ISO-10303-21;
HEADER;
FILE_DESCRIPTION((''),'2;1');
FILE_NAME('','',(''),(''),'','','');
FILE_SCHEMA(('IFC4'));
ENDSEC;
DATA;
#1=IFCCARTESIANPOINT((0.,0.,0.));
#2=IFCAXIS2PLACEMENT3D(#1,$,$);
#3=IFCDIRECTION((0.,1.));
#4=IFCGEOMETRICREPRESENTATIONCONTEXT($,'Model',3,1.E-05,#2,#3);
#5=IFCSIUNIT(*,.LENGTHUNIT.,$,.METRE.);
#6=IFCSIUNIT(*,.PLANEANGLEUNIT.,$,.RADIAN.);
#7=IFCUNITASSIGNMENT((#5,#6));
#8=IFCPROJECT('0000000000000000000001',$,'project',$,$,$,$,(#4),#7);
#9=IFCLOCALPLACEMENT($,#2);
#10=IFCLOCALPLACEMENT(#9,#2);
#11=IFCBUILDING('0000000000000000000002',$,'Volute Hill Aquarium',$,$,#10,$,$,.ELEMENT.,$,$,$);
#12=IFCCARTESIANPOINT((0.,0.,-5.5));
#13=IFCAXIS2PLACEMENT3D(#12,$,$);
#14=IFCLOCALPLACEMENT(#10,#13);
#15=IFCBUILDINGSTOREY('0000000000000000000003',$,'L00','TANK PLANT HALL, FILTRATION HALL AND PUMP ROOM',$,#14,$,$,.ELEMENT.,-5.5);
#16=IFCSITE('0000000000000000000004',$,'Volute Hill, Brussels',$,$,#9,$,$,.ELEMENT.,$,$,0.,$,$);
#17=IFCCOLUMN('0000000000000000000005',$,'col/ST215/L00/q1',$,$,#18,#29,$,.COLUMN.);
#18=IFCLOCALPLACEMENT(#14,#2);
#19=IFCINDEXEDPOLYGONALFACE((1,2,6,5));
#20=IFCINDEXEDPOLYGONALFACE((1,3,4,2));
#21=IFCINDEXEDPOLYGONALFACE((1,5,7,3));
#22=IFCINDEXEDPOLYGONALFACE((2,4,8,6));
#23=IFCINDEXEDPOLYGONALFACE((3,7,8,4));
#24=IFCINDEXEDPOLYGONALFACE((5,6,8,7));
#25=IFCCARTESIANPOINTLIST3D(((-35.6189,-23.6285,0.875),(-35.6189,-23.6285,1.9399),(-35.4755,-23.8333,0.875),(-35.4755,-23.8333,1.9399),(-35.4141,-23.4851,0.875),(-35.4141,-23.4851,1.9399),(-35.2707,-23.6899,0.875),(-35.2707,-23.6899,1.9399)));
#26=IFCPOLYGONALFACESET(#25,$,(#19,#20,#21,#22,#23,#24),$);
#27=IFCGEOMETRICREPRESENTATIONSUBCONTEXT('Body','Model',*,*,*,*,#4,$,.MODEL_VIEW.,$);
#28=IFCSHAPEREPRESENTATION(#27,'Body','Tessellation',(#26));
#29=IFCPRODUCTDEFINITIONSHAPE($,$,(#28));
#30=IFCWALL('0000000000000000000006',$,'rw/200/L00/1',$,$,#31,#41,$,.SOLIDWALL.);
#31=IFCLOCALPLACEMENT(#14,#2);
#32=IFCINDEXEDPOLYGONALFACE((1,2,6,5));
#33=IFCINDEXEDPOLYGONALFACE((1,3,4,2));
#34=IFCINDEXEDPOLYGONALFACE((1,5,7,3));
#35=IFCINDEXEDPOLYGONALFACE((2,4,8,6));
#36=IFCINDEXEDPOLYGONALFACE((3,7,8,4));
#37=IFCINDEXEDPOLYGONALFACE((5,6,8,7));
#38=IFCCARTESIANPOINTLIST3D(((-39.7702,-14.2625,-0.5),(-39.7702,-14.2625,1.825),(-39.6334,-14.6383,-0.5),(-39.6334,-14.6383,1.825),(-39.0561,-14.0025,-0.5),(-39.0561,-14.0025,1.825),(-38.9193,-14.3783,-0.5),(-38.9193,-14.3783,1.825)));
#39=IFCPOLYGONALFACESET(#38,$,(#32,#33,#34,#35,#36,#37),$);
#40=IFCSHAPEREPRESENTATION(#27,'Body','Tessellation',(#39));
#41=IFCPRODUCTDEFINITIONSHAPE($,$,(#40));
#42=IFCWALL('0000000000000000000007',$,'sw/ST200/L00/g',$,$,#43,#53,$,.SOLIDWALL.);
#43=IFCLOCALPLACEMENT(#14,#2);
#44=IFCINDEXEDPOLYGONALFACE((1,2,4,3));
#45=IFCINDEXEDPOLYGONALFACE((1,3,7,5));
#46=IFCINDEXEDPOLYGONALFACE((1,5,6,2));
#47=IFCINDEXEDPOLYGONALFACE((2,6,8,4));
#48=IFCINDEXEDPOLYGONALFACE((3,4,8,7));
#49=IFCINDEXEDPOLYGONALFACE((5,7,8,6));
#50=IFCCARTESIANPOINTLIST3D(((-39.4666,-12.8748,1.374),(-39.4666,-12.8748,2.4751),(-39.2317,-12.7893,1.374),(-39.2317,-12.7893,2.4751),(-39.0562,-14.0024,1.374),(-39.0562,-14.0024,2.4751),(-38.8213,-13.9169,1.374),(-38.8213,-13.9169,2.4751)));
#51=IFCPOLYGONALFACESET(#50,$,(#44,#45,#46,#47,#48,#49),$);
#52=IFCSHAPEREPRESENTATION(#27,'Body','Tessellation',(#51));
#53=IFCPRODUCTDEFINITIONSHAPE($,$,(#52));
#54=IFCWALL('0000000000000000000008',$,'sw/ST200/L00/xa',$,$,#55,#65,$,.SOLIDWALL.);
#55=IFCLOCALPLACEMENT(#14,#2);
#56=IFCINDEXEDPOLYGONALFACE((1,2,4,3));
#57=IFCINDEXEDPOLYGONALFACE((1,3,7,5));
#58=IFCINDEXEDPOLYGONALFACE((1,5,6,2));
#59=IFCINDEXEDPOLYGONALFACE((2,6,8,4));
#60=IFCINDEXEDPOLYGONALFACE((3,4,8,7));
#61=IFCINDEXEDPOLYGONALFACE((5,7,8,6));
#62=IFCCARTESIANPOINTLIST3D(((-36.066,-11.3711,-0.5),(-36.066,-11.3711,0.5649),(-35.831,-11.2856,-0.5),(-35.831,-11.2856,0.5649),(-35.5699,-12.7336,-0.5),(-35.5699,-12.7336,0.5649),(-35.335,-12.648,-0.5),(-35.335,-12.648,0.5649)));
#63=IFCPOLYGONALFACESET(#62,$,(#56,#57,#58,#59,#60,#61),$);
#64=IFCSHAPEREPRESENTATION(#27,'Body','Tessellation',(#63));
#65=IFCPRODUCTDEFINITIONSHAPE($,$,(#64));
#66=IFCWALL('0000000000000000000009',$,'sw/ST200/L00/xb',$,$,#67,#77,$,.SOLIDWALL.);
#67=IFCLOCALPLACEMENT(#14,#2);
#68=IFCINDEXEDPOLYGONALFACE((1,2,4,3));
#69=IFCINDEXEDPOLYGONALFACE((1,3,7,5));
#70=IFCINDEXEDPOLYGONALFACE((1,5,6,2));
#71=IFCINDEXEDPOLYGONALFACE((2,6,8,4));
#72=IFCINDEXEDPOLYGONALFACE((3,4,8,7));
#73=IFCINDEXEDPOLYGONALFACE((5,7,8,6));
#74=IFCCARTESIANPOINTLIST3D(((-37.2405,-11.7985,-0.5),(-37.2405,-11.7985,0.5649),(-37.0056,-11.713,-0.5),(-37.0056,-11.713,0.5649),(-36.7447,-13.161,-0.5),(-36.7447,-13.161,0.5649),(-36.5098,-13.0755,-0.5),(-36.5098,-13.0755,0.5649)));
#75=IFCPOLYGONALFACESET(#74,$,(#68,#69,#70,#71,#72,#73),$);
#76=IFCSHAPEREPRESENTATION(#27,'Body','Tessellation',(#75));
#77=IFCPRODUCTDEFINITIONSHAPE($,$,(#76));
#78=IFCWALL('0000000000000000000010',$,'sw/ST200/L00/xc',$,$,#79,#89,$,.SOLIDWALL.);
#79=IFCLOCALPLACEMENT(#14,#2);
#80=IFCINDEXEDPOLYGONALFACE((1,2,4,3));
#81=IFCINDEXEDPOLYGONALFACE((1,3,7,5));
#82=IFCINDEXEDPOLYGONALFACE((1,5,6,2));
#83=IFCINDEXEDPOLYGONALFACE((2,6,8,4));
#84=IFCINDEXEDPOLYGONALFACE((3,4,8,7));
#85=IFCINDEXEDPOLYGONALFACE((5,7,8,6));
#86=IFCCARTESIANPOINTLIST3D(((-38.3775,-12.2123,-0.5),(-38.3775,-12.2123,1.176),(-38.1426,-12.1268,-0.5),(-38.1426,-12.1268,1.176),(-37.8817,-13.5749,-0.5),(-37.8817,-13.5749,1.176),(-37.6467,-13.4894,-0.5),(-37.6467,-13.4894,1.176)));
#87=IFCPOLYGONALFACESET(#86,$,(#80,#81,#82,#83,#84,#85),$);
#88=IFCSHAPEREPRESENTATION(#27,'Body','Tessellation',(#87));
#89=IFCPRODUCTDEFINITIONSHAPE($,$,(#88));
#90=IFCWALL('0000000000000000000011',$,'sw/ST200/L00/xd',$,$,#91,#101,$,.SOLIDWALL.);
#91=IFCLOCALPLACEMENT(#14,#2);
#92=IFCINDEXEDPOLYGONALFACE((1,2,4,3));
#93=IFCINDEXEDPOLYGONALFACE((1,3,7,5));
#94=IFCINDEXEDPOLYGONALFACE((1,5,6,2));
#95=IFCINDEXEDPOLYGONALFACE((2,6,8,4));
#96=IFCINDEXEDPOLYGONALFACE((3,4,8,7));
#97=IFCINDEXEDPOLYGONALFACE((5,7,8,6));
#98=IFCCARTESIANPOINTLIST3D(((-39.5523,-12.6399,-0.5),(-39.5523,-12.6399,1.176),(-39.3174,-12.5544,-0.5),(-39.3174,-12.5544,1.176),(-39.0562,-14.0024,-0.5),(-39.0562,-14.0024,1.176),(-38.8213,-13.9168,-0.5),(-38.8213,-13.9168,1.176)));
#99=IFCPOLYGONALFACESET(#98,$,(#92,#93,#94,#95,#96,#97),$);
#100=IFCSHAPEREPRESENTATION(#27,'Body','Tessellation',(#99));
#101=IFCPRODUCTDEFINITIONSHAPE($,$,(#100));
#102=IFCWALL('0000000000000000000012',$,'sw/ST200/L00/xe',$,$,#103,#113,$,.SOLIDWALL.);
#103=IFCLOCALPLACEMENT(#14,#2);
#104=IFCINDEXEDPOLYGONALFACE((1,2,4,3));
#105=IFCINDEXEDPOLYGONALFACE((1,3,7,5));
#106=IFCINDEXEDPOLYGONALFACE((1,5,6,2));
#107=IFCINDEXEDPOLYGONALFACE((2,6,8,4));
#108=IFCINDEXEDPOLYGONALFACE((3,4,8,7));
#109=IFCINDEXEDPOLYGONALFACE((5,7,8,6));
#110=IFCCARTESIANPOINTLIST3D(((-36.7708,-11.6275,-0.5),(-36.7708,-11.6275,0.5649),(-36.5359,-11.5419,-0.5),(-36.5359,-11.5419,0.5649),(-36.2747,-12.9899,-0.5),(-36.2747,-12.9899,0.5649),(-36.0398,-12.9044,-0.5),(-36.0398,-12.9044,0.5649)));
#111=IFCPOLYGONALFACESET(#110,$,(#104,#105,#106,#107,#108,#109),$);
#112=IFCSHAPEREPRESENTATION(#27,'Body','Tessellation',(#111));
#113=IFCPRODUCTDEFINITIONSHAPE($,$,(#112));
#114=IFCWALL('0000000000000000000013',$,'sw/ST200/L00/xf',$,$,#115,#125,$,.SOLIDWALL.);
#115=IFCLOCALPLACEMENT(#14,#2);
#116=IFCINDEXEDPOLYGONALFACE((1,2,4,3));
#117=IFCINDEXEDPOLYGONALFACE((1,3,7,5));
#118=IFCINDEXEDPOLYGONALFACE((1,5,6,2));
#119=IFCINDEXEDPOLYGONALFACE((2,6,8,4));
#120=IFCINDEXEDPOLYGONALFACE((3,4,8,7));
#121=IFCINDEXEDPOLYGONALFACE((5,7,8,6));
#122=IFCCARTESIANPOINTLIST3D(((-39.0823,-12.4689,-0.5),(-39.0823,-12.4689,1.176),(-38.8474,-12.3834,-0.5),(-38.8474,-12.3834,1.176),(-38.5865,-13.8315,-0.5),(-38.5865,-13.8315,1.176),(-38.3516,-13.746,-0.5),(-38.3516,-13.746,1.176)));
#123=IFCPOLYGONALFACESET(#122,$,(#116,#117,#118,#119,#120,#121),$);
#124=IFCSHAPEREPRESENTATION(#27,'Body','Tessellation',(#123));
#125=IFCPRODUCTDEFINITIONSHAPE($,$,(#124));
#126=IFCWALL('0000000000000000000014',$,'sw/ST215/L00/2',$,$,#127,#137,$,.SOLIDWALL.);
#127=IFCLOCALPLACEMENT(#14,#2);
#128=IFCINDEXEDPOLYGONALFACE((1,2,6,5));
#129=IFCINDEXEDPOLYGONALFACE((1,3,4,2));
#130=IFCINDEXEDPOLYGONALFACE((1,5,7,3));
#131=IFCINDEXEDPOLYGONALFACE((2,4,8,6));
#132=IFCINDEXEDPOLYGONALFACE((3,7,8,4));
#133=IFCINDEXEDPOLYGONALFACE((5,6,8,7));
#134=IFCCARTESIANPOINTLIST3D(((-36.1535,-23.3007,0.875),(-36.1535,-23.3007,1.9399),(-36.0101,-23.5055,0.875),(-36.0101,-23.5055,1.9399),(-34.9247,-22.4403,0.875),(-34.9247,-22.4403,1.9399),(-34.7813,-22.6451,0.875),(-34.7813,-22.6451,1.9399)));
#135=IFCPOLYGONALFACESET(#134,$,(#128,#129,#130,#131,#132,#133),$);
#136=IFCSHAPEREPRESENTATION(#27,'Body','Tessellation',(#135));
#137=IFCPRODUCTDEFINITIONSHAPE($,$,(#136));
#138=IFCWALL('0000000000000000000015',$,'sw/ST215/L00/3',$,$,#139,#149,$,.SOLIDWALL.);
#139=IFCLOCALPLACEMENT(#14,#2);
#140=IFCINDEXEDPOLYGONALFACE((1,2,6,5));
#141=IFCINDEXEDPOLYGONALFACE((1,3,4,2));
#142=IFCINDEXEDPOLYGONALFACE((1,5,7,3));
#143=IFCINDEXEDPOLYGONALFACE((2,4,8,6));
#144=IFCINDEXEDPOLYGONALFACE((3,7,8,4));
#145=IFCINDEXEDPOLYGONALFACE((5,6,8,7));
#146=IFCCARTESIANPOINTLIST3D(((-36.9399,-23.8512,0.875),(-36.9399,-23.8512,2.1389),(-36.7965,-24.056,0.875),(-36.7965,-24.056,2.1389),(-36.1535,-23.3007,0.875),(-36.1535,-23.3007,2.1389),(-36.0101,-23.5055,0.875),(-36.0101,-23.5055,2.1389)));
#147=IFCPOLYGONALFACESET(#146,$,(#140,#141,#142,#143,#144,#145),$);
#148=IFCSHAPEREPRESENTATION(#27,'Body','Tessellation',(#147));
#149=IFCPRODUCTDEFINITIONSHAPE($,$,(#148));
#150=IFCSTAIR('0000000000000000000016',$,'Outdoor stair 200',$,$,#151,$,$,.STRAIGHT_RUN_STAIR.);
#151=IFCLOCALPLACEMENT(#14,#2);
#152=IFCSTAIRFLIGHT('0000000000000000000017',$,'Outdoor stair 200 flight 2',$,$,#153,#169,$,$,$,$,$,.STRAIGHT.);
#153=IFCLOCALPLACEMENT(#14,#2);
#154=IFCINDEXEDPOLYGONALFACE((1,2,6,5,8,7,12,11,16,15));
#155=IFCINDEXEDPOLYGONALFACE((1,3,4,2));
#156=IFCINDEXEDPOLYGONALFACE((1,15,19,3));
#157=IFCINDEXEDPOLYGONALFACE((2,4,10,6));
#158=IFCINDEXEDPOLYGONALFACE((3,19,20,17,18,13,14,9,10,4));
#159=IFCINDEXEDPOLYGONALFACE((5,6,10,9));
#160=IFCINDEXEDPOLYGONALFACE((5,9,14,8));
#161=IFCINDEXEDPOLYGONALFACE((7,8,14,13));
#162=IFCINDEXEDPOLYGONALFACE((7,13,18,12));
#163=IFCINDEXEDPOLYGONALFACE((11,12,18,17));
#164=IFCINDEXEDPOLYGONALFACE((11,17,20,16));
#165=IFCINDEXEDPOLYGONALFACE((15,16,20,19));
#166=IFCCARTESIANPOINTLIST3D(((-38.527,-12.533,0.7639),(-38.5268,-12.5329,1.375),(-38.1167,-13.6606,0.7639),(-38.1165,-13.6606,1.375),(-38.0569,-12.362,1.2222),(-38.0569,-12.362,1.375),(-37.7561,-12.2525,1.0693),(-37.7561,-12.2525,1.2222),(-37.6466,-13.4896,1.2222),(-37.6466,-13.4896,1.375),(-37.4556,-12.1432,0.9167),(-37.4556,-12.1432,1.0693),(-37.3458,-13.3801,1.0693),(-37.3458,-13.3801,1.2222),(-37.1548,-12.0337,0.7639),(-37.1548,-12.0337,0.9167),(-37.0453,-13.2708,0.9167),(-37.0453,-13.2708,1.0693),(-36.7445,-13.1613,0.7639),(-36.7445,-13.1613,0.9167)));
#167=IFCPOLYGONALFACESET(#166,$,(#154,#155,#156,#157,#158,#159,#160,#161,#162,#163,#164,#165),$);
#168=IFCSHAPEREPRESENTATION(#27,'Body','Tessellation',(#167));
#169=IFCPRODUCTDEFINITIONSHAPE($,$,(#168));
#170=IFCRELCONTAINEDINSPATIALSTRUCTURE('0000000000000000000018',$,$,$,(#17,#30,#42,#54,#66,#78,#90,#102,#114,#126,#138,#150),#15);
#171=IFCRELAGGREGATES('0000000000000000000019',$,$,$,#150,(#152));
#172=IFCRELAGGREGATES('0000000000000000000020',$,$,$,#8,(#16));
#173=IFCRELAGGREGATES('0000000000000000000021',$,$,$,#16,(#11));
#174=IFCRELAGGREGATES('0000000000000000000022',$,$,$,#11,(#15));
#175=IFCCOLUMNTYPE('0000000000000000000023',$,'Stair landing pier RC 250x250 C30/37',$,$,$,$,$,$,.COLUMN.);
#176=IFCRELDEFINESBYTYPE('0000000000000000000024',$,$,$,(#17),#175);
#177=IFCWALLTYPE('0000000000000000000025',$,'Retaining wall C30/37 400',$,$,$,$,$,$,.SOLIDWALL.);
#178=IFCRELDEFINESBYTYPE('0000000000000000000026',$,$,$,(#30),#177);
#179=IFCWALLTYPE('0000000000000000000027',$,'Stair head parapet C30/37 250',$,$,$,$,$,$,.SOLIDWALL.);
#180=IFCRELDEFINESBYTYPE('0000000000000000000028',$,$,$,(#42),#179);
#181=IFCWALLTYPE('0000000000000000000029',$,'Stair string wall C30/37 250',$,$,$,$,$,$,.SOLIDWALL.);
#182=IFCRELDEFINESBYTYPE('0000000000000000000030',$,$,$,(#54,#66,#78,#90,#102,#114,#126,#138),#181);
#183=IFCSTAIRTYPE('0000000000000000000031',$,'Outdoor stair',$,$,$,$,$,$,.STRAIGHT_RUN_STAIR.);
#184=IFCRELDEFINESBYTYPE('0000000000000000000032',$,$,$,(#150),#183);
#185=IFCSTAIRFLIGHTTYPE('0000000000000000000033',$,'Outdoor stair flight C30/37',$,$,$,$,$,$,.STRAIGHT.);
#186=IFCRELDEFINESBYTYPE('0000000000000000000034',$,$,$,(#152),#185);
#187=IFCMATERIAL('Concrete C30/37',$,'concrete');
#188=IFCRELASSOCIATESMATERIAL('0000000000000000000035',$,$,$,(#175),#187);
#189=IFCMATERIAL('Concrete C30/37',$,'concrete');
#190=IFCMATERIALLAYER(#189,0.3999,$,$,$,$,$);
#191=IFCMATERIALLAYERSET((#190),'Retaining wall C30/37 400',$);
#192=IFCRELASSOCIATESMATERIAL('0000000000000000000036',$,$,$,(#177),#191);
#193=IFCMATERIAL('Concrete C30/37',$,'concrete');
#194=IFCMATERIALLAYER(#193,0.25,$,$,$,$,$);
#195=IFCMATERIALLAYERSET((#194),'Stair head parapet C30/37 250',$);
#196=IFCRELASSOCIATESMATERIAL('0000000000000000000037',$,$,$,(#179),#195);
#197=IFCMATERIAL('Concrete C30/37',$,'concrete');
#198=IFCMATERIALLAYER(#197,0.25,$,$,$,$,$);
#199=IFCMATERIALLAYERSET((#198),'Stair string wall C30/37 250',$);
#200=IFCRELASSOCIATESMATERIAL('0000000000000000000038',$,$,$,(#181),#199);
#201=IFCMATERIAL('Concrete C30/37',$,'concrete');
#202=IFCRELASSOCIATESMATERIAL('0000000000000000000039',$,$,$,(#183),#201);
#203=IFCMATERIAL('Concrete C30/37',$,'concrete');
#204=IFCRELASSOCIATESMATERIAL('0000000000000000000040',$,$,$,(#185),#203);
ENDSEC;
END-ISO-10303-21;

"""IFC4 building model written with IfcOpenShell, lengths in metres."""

from ifc_helpers import new_model, si_unit, direction, frame, frame_2d, origin, origin_2d, place, context, subcontext, project, spatial, polyline, rectangle, outline, extrude, material, layer, layer_set, material_profile, profile_set, type_object, element, aggregate, save


model = new_model("IFC4")

# Units and contexts
model_context = context("Model", 3, precision=1e-05, world=origin(), true_north=direction((0.0, 1.0)))
body_context = subcontext(model_context, "Body", "Model", "MODEL_VIEW")
ifc_project = project(units=[si_unit("LENGTHUNIT", "METRE"), si_unit("PLANEANGLEUNIT", "RADIAN")], contexts=[model_context])

# Site, building, storey
site_placement = place(None, origin())
site = spatial("IfcSite", under=ifc_project, at=site_placement, Name="Volute Hill, Brussels", CompositionType="ELEMENT", RefElevation=0.0)
building_placement = place(site_placement, origin())
building = spatial("IfcBuilding", under=site, at=building_placement, Name="Volute Hill Aquarium", CompositionType="ELEMENT")
storey_placement = place(building_placement, frame((0.0, 0.0, -5.5)))
storey = spatial("IfcBuildingStorey", under=building, at=storey_placement, Name="L00", Description="TANK PLANT HALL, FILTRATION HALL AND PUMP ROOM", CompositionType="ELEMENT", Elevation=-5.5)

# Column
ifc_material_1 = material(Name="Concrete C30/37", Category="concrete")
ifc_material_profile = material_profile(ifc_material_1, rectangle(XDim=0.25, YDim=0.25, at=origin_2d()), Name="RC pier 250x250")
ifc_profile_set = profile_set([ifc_material_profile], Name="Concrete C30/37")
column_type = type_object("IfcColumnType", Name="Stair landing pier RC 250x250 C30/37", PredefinedType="COLUMN", material=ifc_profile_set)
column_placement = place(storey_placement, frame((-35.4448, -23.6592, 0.875), z_axis=(0.0, 0.0, 1.0), x_axis=(-0.819152, -0.573576, 0.0)))
element("IfcColumn", 1, at=column_placement, inside=storey, type_object=column_type, Name="col/ST215/L00/q1", PredefinedType="COLUMN", context=body_context, shape_type="SweptSolid", body=[
    extrude(rectangle(XDim=0.25, YDim=0.25, at=origin_2d()), origin(), (0.0, 0.0, 1.0), 1.0649),
])

# Walls
ifc_material_2 = material(Name="Concrete C30/37", Category="concrete")
ifc_layer_1 = layer(ifc_material_2, 0.3999)
ifc_layer_set_1 = layer_set([ifc_layer_1], Name="Retaining wall C30/37 400")
wall_type_1 = type_object("IfcWallType", Name="Retaining wall C30/37 400", PredefinedType="SOLIDWALL", material=ifc_layer_set_1)
wall_1_placement = place(storey_placement, frame((-38.9878, -14.1904, -0.5), z_axis=(0.0, 0.0, 1.0), x_axis=(-0.939653, -0.34213, 0.0)))
element("IfcWall", 2, at=wall_1_placement, inside=storey, type_object=wall_type_1, Name="rw/200/L00/1", PredefinedType="SOLIDWALL", context=body_context, shape_type="SweptSolid", body=[
    extrude(rectangle(XDim=0.76, YDim=0.3999, at=frame_2d((0.3799, 0.0))), origin(), (0.0, 0.0, 1.0), 2.325),
])
ifc_material_3 = material(Name="Concrete C30/37", Category="concrete")
ifc_layer_2 = layer(ifc_material_3, 0.25)
ifc_layer_set_2 = layer_set([ifc_layer_2], Name="Stair head parapet C30/37 250")
wall_type_2 = type_object("IfcWallType", Name="Stair head parapet C30/37 250", PredefinedType="SOLIDWALL", material=ifc_layer_set_2)
wall_2_placement = place(storey_placement, frame((-38.9387, -13.9597, 1.374), z_axis=(0.0, 0.0, 1.0), x_axis=(-0.341988, 0.939704, 0.0)))
element("IfcWall", 3, at=wall_2_placement, inside=storey, type_object=wall_type_2, Name="sw/ST200/L00/g", PredefinedType="SOLIDWALL", context=body_context, shape_type="SweptSolid", body=[
    extrude(rectangle(XDim=1.2, YDim=0.25, at=frame_2d((0.6001, 0.0))), origin(), (0.0, 0.0, 1.0), 1.1011),
])
ifc_material_4 = material(Name="Concrete C30/37", Category="concrete")
ifc_layer_3 = layer(ifc_material_4, 0.25)
ifc_layer_set_3 = layer_set([ifc_layer_3], Name="Stair string wall C30/37 250")
wall_type_3 = type_object("IfcWallType", Name="Stair string wall C30/37 250", PredefinedType="SOLIDWALL", material=ifc_layer_set_3)
for number, where, z_axis, x_axis, name in (
    (4, (-35.4524, -12.6909, -0.5), (0.0, 0.0, 1.0), (-0.342122, 0.939656, 0.0), "sw/ST200/L00/xa"),
    (5, (-36.6272, -13.1184, -0.5), (0.0, 0.0, 1.0), (-0.341973, 0.93971, 0.0), "sw/ST200/L00/xb"),
):
    element("IfcWall", number, at=place(storey_placement, frame(where, z_axis=z_axis, x_axis=x_axis)), inside=storey, type_object=wall_type_3, Name=name, PredefinedType="SOLIDWALL", context=body_context, shape_type="SweptSolid", body=[
        extrude(rectangle(XDim=1.45, YDim=0.25, at=frame_2d((0.7251, 0.0))), origin(), (0.0, 0.0, 1.0), 1.0649),
    ])
for number, where, z_axis, x_axis, name in (
    (6, (-37.7642, -13.5322, -0.5), (0.0, 0.0, 1.0), (-0.341973, 0.93971, 0.0), "sw/ST200/L00/xc"),
    (7, (-38.9387, -13.9597, -0.5), (0.0, 0.0, 1.0), (-0.342122, 0.939656, 0.0), "sw/ST200/L00/xd"),
):
    element("IfcWall", number, at=place(storey_placement, frame(where, z_axis=z_axis, x_axis=x_axis)), inside=storey, type_object=wall_type_3, Name=name, PredefinedType="SOLIDWALL", context=body_context, shape_type="SweptSolid", body=[
        extrude(rectangle(XDim=1.45, YDim=0.25, at=frame_2d((0.7251, 0.0))), origin(), (0.0, 0.0, 1.0), 1.676),
    ])
wall_3_placement = place(storey_placement, frame((-36.1572, -12.9473, -0.5), z_axis=(0.0, 0.0, 1.0), x_axis=(-0.342122, 0.939656, 0.0)))
element("IfcWall", 8, at=wall_3_placement, inside=storey, type_object=wall_type_3, Name="sw/ST200/L00/xe", PredefinedType="SOLIDWALL", context=body_context, shape_type="SweptSolid", body=[
    extrude(rectangle(XDim=1.45, YDim=0.25, at=frame_2d((0.7251, 0.0))), origin(), (0.0, 0.0, 1.0), 1.0649),
])
wall_4_placement = place(storey_placement, frame((-38.469, -13.7888, -0.5), z_axis=(0.0, 0.0, 1.0), x_axis=(-0.341973, 0.93971, 0.0)))
element("IfcWall", 9, at=wall_4_placement, inside=storey, type_object=wall_type_3, Name="sw/ST200/L00/xf", PredefinedType="SOLIDWALL", context=body_context, shape_type="SweptSolid", body=[
    extrude(rectangle(XDim=1.45, YDim=0.25, at=frame_2d((0.7251, 0.0))), origin(), (0.0, 0.0, 1.0), 1.676),
])
wall_5_placement = place(storey_placement, frame((-34.853, -22.5427, 0.875), z_axis=(0.0, 0.0, 1.0), x_axis=(-0.819163, -0.573561, 0.0)))
element("IfcWall", 10, at=wall_5_placement, inside=storey, type_object=wall_type_3, Name="sw/ST215/L00/2", PredefinedType="SOLIDWALL", context=body_context, shape_type="SweptSolid", body=[
    extrude(rectangle(XDim=1.5, YDim=0.25, at=frame_2d((0.75, 0.0))), origin(), (0.0, 0.0, 1.0), 1.0649),
])
wall_6_placement = place(storey_placement, frame((-36.0818, -23.4031, 0.875), z_axis=(0.0, 0.0, 1.0), x_axis=(-0.819196, -0.573514, 0.0)))
element("IfcWall", 11, at=wall_6_placement, inside=storey, type_object=wall_type_3, Name="sw/ST215/L00/3", PredefinedType="SOLIDWALL", context=body_context, shape_type="SweptSolid", body=[
    extrude(rectangle(XDim=0.96, YDim=0.25, at=frame_2d((0.48, 0.0))), origin(), (0.0, 0.0, 1.0), 1.2639),
])

# Stair, stair flight
ifc_material_5 = material(Name="Concrete C30/37", Category="concrete")
stair_type = type_object("IfcStairType", Name="Outdoor stair", PredefinedType="STRAIGHT_RUN_STAIR", material=ifc_material_5)
stair_placement = place(storey_placement, origin())
stair = element("IfcStair", 12, at=stair_placement, inside=storey, type_object=stair_type, Name="Outdoor stair 200", PredefinedType="STRAIGHT_RUN_STAIR")
ifc_material_6 = material(Name="Concrete C30/37", Category="concrete")
stair_flight_type = type_object("IfcStairFlightType", Name="Outdoor stair flight C30/37", PredefinedType="STRAIGHT", material=ifc_material_6)
stair_flight_placement = place(storey_placement, frame((-36.9497, -12.5974, 0.7639), z_axis=(0.0, 0.0, 1.0), x_axis=(-0.93972, -0.341944, 0.0)))
stair_flight = element("IfcStairFlight", 13, at=stair_flight_placement, type_object=stair_flight_type, Name="Outdoor stair 200 flight 2", PredefinedType="STRAIGHT", context=body_context, shape_type="SweptSolid", body=[
    extrude(outline(polyline([(0.0, 0.0), (1.4602, 0.0), (1.46, 0.6111), (0.96, 0.6111), (0.96, 0.4583), (0.6399, 0.4583), (0.6399, 0.3054), (0.3201, 0.3054), (0.3201, 0.1528), (0.0, 0.1528), (0.0, 0.0), (0.0, 0.0)])), frame((0.0, 0.6001, 0.0), z_axis=(0.0, -1.0, 0.0), x_axis=(1.0, 0.0, 0.0)), (0.0, 0.0, 1.0), 1.2),
])
aggregate(stair, [stair_flight])

save(model, "model.ifc")
